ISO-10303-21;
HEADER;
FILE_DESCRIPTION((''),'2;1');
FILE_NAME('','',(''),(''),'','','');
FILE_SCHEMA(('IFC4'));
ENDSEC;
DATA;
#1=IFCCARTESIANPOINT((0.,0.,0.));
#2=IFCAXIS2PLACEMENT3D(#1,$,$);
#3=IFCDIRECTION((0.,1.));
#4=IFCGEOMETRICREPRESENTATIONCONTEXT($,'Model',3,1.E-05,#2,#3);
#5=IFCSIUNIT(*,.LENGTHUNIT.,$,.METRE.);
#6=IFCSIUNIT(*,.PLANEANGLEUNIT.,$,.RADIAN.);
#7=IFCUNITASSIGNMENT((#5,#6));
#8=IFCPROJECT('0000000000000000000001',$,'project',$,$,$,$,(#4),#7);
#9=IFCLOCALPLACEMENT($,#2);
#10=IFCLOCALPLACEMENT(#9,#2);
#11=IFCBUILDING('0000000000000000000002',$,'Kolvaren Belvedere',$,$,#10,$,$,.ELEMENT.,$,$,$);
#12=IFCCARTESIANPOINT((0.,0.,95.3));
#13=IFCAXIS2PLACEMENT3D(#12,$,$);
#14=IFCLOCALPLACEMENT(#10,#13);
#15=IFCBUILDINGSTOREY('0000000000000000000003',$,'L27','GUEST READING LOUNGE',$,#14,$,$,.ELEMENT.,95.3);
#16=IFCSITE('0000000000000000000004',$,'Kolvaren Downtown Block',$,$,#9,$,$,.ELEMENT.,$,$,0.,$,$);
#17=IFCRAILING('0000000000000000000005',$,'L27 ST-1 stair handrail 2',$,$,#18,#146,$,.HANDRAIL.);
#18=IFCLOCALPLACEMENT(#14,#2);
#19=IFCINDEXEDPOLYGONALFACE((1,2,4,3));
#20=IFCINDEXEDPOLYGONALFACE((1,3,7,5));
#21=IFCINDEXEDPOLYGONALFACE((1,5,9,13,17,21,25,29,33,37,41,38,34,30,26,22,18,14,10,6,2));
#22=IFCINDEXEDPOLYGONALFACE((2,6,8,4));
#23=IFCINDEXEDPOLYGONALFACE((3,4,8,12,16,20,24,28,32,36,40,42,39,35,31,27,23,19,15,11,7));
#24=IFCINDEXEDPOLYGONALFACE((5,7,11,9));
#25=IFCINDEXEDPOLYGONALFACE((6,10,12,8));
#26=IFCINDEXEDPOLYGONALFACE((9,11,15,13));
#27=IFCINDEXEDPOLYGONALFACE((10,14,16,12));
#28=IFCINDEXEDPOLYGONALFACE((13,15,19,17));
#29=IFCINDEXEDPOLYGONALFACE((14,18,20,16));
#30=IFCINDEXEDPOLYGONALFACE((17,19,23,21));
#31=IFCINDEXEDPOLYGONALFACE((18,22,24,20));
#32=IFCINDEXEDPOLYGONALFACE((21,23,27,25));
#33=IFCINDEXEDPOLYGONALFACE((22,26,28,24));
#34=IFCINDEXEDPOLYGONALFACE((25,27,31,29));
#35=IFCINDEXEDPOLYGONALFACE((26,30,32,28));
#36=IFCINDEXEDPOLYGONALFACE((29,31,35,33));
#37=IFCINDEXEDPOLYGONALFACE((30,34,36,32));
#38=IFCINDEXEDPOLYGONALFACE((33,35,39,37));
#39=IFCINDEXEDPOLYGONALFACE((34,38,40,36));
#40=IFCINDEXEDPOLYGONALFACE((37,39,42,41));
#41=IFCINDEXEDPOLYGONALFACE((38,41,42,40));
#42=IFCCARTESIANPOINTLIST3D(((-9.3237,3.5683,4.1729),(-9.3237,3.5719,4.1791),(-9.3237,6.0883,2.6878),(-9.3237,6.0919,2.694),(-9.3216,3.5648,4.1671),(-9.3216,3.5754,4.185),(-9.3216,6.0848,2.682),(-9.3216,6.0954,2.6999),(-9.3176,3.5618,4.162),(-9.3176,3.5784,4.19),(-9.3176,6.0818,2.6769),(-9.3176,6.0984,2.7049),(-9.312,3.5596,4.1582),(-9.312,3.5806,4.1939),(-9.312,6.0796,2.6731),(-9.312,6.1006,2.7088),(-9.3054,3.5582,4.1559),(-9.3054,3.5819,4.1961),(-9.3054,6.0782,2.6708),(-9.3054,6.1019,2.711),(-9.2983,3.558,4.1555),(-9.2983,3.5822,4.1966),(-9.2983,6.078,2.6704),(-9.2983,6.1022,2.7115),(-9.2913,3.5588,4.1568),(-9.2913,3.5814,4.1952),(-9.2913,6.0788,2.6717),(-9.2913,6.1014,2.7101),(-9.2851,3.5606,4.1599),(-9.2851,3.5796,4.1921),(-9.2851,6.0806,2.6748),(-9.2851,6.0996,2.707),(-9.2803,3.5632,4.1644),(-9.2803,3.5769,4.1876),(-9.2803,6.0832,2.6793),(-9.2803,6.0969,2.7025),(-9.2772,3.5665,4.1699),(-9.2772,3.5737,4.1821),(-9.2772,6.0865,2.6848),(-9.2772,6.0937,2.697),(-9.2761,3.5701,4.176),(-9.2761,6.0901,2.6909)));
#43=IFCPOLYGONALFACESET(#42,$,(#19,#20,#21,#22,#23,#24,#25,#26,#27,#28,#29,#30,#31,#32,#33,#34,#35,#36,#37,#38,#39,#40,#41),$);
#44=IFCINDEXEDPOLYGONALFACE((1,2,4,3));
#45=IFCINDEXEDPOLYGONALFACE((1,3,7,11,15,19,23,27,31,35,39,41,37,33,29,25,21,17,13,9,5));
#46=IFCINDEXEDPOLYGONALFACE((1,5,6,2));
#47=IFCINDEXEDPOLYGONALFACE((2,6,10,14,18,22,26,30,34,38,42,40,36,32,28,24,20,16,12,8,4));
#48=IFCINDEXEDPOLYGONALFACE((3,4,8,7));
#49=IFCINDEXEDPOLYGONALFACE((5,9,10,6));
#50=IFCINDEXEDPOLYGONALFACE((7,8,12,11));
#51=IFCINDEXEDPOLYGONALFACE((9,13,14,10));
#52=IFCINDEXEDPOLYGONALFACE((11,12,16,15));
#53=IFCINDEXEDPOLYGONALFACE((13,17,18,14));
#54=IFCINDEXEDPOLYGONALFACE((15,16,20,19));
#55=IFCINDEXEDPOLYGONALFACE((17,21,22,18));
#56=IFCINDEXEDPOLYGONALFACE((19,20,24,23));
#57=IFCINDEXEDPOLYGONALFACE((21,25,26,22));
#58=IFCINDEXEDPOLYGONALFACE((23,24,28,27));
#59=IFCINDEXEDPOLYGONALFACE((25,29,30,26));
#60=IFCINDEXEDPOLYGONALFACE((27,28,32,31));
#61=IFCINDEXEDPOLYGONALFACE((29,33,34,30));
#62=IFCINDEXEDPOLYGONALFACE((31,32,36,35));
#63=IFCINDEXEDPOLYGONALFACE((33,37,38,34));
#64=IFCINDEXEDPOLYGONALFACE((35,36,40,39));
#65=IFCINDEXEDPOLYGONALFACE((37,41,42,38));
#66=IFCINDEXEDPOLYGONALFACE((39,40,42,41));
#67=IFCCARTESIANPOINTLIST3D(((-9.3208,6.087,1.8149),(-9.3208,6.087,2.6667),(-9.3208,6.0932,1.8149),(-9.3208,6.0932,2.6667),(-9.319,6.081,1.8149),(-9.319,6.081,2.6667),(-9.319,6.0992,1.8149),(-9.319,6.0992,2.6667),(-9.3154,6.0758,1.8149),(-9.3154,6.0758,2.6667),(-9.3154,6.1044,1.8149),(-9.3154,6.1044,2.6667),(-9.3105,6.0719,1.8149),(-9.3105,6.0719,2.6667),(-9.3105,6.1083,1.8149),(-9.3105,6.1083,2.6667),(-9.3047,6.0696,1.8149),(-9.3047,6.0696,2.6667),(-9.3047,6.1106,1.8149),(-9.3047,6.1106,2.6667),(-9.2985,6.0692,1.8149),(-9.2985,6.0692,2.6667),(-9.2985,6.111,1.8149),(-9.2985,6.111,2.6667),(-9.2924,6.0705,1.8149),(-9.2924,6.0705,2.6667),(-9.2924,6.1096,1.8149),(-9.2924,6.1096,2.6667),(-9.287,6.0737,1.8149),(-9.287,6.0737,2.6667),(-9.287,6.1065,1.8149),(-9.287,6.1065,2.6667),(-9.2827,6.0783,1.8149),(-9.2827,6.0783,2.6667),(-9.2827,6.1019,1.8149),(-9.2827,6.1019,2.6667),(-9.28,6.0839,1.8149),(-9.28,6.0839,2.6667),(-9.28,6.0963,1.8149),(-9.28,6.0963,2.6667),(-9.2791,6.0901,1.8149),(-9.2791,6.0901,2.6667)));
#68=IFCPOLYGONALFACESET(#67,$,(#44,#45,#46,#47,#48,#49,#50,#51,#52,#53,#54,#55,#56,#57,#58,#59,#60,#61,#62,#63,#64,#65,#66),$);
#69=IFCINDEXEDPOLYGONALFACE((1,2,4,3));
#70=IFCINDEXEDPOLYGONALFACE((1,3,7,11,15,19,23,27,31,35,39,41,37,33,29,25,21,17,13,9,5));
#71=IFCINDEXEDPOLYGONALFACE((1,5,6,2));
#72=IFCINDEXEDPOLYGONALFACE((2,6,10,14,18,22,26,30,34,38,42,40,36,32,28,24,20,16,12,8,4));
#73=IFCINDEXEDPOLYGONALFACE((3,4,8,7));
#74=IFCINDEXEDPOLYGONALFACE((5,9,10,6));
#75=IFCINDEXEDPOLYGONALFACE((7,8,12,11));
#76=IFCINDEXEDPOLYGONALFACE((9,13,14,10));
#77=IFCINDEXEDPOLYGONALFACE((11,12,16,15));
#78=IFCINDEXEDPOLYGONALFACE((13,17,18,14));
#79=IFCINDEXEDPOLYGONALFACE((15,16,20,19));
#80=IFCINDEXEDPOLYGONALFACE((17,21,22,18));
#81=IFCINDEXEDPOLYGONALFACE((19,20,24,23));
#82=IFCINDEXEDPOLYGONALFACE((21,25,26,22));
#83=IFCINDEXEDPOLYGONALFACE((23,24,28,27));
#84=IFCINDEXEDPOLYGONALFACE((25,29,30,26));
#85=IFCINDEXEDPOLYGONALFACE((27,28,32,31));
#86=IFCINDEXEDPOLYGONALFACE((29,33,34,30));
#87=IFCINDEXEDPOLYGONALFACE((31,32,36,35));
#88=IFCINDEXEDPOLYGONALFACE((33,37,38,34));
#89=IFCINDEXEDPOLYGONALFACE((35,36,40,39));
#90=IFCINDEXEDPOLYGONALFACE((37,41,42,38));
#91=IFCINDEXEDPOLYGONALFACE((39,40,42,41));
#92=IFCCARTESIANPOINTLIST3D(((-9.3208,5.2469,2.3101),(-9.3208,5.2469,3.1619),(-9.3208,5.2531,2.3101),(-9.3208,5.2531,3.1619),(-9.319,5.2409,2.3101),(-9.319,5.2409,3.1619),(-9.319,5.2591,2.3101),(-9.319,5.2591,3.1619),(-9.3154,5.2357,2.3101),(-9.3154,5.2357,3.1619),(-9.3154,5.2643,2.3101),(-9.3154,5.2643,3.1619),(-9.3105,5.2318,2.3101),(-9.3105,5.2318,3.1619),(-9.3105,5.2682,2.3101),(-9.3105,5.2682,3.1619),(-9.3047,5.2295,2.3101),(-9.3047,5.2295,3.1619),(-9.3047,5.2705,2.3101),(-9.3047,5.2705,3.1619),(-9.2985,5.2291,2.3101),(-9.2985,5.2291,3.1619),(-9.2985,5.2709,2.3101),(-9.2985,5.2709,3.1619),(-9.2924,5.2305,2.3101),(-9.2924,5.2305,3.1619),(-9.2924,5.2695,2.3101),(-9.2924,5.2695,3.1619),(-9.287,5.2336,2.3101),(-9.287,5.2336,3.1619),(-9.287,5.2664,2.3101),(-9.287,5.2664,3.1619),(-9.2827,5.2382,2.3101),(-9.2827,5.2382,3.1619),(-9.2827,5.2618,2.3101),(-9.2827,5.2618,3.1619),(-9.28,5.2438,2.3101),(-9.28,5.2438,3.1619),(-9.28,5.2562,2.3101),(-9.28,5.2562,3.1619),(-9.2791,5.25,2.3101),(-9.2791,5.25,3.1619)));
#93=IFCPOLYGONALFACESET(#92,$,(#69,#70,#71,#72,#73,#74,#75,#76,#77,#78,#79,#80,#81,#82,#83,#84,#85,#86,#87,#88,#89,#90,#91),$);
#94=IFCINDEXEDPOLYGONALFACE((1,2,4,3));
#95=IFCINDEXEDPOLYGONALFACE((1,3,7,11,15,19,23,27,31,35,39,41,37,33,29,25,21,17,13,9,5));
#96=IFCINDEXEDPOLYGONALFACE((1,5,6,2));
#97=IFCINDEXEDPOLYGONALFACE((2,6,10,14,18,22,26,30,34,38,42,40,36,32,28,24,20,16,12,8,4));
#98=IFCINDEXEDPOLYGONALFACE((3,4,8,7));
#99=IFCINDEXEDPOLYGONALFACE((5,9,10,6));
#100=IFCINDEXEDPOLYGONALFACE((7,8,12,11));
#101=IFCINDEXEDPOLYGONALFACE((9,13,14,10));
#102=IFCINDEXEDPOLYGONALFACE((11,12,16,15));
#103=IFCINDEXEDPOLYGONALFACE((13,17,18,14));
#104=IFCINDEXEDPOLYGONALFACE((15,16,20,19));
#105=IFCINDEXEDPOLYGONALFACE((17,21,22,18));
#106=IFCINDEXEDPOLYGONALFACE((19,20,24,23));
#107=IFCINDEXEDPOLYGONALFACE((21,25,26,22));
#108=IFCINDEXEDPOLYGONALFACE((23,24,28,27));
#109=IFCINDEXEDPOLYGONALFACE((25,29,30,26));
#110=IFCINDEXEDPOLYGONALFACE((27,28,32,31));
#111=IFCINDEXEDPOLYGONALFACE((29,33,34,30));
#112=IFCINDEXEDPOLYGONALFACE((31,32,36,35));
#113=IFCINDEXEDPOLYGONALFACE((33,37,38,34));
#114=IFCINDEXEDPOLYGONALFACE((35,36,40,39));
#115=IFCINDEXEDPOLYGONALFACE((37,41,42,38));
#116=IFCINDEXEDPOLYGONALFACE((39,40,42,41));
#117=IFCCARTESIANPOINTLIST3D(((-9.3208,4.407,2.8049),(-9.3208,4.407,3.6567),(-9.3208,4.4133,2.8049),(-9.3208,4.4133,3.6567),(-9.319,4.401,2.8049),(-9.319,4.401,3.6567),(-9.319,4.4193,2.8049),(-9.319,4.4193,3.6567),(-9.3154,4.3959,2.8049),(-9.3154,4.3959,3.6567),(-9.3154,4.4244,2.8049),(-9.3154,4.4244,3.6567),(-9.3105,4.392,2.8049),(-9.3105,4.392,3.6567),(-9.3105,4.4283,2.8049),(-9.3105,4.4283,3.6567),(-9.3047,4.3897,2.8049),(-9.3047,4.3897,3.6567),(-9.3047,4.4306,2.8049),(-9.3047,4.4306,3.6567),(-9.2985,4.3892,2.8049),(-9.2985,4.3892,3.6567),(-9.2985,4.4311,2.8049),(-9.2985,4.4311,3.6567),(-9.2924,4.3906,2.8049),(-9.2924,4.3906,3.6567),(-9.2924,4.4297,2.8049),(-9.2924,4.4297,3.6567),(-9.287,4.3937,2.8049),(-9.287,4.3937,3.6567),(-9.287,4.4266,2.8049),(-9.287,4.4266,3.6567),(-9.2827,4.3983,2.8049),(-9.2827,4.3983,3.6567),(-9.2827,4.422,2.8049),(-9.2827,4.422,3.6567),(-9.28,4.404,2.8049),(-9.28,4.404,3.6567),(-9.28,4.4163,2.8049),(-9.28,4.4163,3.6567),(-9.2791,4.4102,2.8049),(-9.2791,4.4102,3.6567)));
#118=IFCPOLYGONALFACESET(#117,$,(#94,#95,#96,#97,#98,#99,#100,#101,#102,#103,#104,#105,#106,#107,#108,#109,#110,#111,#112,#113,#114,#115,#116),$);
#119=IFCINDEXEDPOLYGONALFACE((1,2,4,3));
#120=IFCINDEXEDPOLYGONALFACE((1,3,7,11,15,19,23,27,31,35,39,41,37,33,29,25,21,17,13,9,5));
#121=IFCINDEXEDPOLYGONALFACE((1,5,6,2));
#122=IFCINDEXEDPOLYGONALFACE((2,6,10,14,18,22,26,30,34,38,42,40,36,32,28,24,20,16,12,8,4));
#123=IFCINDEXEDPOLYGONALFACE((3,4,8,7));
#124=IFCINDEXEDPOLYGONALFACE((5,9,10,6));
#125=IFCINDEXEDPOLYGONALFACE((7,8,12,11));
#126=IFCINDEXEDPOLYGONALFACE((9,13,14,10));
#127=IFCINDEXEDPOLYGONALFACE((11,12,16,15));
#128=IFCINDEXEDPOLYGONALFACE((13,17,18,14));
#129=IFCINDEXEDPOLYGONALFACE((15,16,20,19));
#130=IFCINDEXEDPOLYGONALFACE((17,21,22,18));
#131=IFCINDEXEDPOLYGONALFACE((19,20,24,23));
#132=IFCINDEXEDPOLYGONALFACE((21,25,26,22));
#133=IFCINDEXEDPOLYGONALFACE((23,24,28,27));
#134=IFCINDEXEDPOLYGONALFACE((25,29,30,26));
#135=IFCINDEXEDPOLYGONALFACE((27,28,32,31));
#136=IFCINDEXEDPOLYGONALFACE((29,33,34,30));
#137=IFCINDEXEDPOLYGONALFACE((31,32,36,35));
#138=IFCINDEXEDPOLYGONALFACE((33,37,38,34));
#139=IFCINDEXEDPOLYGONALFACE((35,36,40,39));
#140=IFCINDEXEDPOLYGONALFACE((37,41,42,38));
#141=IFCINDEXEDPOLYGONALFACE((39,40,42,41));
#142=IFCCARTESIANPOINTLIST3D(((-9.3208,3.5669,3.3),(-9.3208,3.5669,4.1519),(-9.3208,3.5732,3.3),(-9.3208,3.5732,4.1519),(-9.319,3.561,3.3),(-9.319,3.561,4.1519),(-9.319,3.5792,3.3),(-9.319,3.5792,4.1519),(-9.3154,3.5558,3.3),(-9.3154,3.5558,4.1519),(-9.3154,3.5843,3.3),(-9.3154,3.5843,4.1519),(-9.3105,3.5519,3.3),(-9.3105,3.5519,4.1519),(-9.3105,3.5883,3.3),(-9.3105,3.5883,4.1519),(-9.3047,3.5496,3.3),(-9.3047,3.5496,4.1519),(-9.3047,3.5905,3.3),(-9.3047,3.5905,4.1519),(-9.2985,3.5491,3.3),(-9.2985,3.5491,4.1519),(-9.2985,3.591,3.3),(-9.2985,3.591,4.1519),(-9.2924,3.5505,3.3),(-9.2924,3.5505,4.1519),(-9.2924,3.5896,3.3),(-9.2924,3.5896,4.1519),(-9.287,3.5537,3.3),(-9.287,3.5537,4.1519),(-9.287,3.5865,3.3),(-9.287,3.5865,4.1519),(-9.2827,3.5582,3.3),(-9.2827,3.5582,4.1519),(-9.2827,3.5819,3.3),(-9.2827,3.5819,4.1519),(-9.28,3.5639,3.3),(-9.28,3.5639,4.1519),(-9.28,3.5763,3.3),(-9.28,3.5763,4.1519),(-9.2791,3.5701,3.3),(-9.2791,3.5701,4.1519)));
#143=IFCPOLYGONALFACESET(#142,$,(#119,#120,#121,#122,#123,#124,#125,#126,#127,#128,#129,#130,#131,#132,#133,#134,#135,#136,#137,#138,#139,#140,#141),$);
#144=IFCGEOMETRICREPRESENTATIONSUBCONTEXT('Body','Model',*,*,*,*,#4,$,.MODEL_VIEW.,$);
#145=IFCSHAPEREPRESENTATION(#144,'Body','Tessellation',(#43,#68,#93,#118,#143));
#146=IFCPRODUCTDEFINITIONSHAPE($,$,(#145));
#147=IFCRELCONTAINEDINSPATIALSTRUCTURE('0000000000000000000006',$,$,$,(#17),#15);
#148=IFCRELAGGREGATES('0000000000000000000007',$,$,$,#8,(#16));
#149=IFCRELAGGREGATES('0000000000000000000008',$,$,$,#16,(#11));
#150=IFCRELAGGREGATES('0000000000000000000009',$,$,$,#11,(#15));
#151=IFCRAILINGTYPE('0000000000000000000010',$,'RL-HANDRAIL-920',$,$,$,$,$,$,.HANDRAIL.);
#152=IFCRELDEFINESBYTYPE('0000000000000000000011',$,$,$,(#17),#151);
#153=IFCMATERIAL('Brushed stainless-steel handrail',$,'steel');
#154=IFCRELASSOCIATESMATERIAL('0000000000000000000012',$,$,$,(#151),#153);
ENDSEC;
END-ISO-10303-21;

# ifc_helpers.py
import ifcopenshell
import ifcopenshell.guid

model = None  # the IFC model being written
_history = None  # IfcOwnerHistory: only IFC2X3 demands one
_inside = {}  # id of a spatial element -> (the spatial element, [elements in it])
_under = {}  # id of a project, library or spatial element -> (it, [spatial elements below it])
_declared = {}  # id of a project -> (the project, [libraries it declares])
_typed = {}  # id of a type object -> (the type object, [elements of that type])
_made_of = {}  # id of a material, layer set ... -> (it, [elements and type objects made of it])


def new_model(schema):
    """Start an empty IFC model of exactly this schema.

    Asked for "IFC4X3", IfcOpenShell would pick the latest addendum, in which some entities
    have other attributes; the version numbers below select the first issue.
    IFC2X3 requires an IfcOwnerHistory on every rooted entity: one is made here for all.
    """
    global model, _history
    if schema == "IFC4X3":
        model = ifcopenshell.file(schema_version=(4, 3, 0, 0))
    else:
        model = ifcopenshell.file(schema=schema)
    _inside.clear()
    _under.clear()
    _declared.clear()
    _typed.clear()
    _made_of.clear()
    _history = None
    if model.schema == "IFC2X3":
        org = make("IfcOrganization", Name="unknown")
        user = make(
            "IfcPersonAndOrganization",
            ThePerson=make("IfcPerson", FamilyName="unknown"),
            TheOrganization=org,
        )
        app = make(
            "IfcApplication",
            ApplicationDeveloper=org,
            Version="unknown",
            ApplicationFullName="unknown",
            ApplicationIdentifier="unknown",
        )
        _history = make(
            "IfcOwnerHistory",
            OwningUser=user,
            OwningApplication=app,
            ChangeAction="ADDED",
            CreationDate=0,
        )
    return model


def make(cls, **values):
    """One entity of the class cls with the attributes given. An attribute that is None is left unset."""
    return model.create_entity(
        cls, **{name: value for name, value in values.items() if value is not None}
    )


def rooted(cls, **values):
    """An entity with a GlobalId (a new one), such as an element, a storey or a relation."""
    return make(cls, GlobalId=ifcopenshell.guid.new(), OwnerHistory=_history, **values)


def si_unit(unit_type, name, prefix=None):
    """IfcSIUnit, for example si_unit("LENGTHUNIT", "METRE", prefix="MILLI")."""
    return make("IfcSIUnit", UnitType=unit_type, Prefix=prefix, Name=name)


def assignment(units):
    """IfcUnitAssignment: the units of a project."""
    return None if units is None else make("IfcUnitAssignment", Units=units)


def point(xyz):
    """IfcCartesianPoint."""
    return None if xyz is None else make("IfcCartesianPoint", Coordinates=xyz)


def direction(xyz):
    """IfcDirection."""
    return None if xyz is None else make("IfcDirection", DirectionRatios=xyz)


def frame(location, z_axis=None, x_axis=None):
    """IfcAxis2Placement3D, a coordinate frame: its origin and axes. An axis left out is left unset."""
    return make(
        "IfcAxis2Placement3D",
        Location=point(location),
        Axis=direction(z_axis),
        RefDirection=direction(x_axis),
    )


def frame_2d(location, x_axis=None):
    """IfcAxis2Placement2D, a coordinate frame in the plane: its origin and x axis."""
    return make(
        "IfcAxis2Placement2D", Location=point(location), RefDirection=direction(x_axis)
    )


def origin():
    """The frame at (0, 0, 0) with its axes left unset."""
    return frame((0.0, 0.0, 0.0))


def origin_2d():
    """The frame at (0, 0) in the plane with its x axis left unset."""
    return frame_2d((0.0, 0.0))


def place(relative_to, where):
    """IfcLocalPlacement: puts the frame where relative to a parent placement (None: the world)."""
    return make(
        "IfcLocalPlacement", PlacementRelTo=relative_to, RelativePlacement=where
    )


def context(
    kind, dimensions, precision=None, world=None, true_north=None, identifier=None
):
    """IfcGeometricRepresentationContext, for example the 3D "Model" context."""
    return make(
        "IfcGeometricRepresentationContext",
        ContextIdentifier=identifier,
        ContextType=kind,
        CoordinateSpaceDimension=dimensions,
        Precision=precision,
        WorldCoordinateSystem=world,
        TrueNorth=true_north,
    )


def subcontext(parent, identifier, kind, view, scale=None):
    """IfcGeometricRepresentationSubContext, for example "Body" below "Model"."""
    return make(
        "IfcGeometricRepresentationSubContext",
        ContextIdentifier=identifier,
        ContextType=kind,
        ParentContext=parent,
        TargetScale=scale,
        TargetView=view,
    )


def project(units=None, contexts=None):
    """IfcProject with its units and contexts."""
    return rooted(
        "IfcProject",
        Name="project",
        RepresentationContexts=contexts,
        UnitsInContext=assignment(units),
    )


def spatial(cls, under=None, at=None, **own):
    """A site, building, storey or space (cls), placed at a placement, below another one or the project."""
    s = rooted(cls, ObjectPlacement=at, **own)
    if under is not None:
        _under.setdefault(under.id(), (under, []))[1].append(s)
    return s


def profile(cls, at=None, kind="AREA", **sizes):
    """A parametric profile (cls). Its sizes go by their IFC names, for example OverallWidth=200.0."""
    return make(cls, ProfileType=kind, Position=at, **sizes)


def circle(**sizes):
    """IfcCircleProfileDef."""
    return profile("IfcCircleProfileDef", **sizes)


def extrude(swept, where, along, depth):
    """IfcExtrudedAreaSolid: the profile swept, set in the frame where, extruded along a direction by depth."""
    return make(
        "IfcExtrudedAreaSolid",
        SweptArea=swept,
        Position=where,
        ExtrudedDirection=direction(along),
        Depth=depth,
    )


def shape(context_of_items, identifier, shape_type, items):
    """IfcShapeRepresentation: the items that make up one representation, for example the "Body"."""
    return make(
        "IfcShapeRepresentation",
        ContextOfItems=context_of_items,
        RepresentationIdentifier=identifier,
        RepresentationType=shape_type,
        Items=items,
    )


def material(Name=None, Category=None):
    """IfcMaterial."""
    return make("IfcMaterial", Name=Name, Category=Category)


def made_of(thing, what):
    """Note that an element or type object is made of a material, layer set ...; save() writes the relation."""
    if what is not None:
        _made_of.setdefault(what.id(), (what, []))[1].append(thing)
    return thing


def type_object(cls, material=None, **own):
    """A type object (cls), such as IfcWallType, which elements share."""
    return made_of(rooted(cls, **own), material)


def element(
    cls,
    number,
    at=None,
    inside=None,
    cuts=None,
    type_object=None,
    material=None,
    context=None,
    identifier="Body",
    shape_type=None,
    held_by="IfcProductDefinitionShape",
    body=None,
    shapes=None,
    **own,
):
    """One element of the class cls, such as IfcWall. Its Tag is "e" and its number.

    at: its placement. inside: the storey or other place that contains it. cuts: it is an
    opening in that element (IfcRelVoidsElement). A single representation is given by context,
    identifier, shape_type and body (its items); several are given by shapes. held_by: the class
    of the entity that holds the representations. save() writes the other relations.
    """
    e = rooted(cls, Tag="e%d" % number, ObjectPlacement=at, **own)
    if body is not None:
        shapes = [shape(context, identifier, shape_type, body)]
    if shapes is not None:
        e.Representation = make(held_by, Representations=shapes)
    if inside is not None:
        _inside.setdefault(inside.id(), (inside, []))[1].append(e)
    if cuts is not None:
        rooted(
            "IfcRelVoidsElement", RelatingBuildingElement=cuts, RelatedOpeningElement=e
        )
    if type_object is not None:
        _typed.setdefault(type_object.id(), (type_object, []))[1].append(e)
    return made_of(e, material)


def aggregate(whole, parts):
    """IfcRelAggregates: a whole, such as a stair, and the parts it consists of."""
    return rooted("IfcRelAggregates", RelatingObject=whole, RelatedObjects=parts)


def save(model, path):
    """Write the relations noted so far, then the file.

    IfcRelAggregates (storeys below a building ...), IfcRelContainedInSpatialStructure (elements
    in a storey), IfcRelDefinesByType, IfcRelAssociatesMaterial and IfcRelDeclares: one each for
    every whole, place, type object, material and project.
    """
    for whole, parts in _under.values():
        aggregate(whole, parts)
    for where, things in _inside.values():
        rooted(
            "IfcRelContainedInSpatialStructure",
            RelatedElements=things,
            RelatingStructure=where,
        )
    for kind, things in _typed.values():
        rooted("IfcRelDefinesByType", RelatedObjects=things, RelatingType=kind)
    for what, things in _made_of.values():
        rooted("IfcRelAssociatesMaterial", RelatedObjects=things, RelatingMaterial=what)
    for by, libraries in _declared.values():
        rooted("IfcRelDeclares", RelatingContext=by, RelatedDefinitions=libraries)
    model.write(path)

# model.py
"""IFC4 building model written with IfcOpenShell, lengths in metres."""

from ifc_helpers import new_model, si_unit, direction, frame, origin, origin_2d, place, context, subcontext, project, spatial, circle, extrude, material, type_object, element, save


model = new_model("IFC4")

# Units and contexts
model_context = context("Model", 3, precision=1e-05, world=origin(), true_north=direction((0.0, 1.0)))
body_context = subcontext(model_context, "Body", "Model", "MODEL_VIEW")
ifc_project = project(units=[si_unit("LENGTHUNIT", "METRE"), si_unit("PLANEANGLEUNIT", "RADIAN")], contexts=[model_context])

# Site, building, storey
site_placement = place(None, origin())
site = spatial("IfcSite", under=ifc_project, at=site_placement, Name="Kolvaren Downtown Block", CompositionType="ELEMENT", RefElevation=0.0)
building_placement = place(site_placement, origin())
building = spatial("IfcBuilding", under=site, at=building_placement, Name="Kolvaren Belvedere", CompositionType="ELEMENT")
storey_placement = place(building_placement, frame((0.0, 0.0, 95.3)))
storey = spatial("IfcBuildingStorey", under=building, at=storey_placement, Name="L27", Description="GUEST READING LOUNGE", CompositionType="ELEMENT", Elevation=95.3)

# Railing
ifc_material_1 = material(Name="Brushed stainless-steel handrail", Category="steel")
railing_type_1 = type_object("IfcRailingType", Name="RL-HANDRAIL-920", PredefinedType="HANDRAIL", material=ifc_material_1)
railing_1_placement = place(storey_placement, frame((-9.3, 6.0901, 1.8149)))
element("IfcRailing", 1, at=railing_1_placement, inside=storey, type_object=railing_type_1, Name="L27 ST-1 stair handrail 2", PredefinedType="HANDRAIL", context=body_context, shape_type="SweptSolid", body=[
    extrude(circle(Radius=0.0239, at=origin_2d()), frame((0.0, 0.0, 0.876), z_axis=(0.0, -0.861524, 0.507717), x_axis=(1.0, 0.0, 0.0)), (0.0, 0.0, 1.0), 2.925),
    extrude(circle(Radius=0.021, at=origin_2d()), origin(), (0.0, 0.0, 1.0), 0.8518),
    extrude(circle(Radius=0.021, at=origin_2d()), frame((0.0, -0.8401, 0.4951)), (0.0, 0.0, 1.0), 0.8518),
    extrude(circle(Radius=0.021, at=origin_2d()), frame((0.0, -1.6799, 0.99)), (0.0, 0.0, 1.0), 0.8518),
    extrude(circle(Radius=0.021, at=origin_2d()), frame((0.0, -2.52, 1.4851)), (0.0, 0.0, 1.0), 0.8518),
])

save(model, "model.ifc")
